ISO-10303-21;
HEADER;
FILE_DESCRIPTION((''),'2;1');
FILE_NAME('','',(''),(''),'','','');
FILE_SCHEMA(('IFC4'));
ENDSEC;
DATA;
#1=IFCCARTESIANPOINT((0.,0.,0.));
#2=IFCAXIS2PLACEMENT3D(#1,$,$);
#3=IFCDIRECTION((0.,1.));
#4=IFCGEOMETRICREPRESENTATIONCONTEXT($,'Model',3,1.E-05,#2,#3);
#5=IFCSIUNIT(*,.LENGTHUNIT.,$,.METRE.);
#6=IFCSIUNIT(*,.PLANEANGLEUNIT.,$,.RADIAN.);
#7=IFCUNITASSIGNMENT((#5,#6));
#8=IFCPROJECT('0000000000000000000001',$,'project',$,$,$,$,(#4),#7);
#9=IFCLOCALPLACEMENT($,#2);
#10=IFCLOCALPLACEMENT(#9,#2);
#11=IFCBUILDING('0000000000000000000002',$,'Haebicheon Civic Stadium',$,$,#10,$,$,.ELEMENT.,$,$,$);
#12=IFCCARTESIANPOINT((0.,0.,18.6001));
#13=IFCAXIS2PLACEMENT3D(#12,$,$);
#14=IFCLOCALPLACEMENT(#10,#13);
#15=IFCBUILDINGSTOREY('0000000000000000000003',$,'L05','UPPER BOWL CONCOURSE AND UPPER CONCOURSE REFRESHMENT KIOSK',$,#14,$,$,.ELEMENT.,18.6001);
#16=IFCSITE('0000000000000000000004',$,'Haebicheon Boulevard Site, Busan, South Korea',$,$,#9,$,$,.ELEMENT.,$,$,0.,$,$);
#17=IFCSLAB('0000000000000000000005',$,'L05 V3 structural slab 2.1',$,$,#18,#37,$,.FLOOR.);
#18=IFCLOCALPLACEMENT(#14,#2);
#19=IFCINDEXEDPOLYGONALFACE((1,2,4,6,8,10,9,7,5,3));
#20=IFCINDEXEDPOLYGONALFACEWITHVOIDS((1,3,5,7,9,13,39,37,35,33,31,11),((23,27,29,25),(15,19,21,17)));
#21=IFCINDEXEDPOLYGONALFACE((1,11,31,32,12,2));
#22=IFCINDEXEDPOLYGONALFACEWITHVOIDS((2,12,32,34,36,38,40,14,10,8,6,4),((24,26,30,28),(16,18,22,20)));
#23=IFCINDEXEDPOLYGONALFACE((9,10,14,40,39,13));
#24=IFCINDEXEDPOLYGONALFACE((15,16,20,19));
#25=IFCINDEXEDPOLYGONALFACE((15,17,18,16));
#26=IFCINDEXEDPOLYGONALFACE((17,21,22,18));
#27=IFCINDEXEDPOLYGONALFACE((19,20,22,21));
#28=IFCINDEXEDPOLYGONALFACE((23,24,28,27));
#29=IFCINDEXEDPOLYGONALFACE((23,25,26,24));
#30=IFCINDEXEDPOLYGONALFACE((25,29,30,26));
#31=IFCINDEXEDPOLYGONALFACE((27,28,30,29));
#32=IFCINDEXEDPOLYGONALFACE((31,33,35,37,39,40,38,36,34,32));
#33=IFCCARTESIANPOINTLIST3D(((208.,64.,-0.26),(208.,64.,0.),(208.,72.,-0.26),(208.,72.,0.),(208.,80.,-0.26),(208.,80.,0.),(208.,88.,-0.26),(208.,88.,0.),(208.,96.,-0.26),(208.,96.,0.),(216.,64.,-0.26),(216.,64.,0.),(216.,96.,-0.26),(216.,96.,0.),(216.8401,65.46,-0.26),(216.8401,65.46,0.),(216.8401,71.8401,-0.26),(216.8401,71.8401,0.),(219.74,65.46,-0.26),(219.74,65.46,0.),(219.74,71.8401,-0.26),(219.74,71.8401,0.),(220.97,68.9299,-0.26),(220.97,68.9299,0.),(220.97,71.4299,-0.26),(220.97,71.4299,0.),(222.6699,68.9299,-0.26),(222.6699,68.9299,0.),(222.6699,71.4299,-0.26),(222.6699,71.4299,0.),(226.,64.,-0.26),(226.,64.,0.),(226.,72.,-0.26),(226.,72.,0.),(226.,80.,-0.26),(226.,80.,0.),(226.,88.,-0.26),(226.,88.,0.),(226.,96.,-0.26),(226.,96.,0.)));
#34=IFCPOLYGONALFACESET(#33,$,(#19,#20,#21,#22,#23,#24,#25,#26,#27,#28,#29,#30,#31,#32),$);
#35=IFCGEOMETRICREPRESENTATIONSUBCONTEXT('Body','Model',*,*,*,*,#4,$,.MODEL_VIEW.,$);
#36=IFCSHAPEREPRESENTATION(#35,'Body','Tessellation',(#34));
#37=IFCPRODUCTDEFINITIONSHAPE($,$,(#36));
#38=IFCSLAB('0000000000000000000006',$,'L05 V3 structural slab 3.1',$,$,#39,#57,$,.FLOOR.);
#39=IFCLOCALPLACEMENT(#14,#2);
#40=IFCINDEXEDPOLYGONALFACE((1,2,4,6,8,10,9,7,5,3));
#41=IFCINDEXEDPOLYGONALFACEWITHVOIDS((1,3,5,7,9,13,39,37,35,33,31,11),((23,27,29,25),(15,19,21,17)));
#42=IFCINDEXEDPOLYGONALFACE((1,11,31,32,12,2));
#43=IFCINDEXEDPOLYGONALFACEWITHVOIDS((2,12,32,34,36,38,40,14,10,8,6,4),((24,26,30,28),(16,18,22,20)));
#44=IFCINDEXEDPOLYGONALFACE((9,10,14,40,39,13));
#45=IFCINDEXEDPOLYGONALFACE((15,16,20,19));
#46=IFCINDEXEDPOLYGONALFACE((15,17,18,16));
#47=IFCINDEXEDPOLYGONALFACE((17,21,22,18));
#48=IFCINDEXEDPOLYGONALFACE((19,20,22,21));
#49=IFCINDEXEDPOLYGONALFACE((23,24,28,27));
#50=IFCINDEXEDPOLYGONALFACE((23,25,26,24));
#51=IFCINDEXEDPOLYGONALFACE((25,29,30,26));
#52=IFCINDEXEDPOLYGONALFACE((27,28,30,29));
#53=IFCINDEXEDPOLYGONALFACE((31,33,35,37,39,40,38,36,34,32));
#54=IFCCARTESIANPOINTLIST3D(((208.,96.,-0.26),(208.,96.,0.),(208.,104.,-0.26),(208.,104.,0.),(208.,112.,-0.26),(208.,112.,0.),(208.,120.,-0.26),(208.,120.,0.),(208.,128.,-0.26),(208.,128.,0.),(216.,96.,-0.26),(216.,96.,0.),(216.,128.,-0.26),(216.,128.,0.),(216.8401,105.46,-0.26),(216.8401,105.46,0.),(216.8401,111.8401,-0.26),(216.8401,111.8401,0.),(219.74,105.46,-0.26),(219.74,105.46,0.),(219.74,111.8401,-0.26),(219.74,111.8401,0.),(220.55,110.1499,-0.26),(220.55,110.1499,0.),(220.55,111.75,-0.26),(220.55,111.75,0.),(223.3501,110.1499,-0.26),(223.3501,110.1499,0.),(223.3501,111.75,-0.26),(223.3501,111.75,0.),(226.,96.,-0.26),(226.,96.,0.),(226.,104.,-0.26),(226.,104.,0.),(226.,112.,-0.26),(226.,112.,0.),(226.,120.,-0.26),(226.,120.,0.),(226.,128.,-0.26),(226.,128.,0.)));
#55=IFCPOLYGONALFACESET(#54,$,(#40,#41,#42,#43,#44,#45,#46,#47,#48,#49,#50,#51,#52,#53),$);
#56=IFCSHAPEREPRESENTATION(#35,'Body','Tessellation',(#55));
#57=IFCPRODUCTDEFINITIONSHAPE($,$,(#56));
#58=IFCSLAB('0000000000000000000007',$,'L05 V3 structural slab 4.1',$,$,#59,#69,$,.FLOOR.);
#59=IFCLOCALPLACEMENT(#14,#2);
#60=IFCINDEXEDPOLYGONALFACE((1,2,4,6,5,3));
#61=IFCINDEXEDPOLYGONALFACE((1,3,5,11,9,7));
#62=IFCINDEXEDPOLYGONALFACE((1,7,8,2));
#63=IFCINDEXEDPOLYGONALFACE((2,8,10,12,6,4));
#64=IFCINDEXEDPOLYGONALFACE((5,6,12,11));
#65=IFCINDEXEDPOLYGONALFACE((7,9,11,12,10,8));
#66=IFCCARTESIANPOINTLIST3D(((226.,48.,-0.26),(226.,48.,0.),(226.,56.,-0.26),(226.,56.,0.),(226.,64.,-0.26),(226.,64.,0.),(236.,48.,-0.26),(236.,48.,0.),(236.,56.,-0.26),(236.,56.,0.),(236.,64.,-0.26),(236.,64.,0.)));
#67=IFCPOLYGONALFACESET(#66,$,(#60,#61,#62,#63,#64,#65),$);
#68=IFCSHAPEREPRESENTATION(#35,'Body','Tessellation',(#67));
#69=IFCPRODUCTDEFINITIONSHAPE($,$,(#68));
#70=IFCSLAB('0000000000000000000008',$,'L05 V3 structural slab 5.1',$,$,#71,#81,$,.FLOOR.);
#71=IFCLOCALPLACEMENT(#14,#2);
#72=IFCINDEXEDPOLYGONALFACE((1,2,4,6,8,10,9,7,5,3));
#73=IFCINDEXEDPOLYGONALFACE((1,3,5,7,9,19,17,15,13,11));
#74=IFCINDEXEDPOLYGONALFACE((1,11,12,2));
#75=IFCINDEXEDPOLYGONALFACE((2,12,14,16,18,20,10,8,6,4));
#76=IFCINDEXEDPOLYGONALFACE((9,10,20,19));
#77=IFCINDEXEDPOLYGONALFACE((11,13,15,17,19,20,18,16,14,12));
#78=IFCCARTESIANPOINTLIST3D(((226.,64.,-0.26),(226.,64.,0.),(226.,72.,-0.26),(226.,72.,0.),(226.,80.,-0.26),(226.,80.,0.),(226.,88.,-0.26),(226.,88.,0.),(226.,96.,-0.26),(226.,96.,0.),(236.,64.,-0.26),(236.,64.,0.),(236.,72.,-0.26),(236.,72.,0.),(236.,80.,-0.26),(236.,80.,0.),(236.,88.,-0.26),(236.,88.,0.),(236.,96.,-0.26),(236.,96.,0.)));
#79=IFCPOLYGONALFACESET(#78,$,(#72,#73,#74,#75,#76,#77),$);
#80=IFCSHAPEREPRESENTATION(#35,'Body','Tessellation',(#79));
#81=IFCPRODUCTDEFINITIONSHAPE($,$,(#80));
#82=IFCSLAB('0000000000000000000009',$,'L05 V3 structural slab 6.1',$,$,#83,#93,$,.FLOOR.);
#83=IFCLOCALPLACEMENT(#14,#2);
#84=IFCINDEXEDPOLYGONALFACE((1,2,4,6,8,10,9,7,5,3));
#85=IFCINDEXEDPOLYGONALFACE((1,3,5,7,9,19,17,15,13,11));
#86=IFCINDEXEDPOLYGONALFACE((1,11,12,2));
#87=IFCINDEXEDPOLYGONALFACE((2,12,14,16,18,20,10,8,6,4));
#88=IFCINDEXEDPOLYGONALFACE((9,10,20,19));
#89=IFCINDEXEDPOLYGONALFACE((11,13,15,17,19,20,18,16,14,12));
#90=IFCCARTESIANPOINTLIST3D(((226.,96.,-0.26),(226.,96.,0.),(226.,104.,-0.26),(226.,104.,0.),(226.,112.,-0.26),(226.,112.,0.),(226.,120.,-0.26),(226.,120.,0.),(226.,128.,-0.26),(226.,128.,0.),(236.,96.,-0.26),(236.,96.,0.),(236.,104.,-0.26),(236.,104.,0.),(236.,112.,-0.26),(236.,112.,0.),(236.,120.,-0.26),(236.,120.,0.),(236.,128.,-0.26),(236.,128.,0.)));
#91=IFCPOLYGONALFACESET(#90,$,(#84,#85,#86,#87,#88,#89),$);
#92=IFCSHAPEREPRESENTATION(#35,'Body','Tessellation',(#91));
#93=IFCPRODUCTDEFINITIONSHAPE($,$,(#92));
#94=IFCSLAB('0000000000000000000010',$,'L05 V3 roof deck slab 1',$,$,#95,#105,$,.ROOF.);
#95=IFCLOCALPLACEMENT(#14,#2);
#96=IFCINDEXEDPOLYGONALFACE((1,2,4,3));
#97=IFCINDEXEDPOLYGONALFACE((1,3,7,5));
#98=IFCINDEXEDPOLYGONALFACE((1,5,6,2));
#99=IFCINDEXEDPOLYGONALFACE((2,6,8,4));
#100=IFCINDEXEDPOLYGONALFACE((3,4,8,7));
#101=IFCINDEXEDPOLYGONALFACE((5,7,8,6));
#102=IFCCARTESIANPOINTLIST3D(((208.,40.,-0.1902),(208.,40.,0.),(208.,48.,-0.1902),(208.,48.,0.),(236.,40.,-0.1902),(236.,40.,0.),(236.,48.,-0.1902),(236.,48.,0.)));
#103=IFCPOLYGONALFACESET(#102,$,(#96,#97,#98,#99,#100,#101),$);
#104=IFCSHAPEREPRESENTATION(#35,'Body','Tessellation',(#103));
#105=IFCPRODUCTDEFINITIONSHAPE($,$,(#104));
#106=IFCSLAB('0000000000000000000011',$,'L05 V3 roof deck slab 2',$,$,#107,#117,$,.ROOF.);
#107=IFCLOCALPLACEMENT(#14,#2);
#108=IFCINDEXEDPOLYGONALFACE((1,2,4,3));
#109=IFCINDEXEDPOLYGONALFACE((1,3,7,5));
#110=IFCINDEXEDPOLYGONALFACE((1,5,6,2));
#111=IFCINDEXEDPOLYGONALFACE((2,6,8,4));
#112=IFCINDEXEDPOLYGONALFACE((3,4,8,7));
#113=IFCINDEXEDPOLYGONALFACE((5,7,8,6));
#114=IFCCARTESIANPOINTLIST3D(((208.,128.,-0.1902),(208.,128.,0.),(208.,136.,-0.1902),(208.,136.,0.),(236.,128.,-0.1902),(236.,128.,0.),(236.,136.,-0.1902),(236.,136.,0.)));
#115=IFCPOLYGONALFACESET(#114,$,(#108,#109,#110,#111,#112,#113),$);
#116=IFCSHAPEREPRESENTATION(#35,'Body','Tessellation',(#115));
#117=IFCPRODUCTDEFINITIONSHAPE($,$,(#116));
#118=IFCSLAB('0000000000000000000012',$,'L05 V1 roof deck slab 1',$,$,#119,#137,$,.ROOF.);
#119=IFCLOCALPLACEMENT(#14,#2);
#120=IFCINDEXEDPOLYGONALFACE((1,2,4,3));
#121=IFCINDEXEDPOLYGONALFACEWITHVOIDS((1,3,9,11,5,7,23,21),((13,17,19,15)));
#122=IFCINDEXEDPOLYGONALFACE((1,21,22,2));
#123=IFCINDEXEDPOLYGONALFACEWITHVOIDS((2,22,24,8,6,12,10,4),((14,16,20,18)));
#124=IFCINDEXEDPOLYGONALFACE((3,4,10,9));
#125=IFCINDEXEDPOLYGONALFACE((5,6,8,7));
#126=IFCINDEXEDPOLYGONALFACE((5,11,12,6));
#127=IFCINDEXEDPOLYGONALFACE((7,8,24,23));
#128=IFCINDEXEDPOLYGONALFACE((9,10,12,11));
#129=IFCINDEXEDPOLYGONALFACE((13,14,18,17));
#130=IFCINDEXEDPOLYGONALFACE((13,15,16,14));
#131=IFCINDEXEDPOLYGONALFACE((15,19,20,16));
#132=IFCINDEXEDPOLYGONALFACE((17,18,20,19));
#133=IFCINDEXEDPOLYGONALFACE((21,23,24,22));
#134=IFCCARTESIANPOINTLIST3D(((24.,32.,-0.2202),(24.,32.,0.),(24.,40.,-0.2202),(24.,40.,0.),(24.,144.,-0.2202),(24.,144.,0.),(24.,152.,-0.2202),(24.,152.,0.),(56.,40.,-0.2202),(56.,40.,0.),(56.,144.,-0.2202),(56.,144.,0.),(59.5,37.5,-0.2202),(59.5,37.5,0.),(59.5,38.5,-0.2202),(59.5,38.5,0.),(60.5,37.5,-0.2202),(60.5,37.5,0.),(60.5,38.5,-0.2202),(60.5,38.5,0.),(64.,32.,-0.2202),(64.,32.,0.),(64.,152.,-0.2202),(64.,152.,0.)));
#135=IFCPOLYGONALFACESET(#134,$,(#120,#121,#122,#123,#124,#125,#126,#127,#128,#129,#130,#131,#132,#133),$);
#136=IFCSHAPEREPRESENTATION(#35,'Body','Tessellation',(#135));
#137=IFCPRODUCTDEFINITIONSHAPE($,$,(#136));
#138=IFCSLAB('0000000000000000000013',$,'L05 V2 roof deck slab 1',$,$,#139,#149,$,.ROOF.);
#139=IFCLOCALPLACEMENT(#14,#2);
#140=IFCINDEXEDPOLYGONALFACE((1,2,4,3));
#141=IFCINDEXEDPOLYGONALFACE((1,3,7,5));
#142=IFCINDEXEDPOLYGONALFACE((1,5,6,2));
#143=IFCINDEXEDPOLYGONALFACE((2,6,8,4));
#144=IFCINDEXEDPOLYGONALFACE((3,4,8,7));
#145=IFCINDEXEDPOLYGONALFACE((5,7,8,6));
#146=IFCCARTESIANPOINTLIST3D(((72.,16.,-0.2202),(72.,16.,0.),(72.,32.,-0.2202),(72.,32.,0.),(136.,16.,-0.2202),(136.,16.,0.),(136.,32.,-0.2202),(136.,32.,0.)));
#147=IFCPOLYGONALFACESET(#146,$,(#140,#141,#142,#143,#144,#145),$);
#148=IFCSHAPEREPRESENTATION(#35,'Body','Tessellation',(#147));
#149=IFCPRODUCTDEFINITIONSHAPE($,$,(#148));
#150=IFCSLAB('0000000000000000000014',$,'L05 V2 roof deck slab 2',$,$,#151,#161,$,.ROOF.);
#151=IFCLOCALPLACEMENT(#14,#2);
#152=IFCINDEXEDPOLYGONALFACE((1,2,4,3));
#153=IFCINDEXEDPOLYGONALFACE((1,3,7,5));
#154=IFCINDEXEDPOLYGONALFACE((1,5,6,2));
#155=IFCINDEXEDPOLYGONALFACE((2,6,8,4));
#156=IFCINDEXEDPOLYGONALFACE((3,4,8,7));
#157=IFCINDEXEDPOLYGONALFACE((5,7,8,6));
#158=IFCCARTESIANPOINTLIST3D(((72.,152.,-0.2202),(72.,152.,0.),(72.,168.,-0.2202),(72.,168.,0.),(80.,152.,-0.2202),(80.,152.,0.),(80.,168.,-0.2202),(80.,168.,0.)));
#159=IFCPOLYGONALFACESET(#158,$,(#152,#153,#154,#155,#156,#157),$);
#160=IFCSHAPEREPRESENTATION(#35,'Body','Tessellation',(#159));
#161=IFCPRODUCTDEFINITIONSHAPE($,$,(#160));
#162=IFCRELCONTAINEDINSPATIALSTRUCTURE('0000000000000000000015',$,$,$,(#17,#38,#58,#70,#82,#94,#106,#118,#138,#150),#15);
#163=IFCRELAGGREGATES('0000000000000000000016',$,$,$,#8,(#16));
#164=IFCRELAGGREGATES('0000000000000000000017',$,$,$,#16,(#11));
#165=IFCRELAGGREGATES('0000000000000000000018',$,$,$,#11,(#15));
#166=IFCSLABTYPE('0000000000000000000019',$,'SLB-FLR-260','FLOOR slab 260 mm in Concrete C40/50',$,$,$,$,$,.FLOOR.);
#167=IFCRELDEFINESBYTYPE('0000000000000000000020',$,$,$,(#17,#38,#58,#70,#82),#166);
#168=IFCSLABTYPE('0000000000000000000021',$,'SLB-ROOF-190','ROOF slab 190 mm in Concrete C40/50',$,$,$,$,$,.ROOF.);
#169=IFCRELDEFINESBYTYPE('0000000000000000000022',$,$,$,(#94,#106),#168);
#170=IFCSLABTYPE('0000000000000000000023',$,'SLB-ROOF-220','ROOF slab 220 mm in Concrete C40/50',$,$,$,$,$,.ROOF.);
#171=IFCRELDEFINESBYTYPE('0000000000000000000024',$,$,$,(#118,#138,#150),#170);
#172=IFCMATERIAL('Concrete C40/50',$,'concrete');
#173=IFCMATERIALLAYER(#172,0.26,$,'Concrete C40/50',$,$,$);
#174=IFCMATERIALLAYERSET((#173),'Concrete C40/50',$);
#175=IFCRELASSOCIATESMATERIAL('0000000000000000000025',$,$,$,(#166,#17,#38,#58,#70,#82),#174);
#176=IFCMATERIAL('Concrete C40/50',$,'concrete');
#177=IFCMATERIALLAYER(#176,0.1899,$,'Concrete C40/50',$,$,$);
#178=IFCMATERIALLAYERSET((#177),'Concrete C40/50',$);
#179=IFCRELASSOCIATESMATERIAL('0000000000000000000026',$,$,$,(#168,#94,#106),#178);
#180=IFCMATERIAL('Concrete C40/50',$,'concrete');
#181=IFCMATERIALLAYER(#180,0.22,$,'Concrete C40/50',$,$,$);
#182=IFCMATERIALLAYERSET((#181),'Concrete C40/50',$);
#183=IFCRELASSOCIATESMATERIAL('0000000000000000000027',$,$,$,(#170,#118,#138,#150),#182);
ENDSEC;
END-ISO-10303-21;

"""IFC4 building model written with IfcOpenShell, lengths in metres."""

from ifc_helpers import new_model, si_unit, direction, frame, origin, place, context, subcontext, project, spatial, polyline, outline, extrude, material, layer, layer_set, type_object, element, save


model = new_model("IFC4")

# Units and contexts
model_context = context("Model", 3, precision=1e-05, world=origin(), true_north=direction((0.0, 1.0)))
body_context = subcontext(model_context, "Body", "Model", "MODEL_VIEW")
ifc_project = project(units=[si_unit("LENGTHUNIT", "METRE"), si_unit("PLANEANGLEUNIT", "RADIAN")], contexts=[model_context])

# Site, building, storey
site_placement = place(None, origin())
site = spatial("IfcSite", under=ifc_project, at=site_placement, Name="Haebicheon Boulevard Site, Busan, South Korea", CompositionType="ELEMENT", RefElevation=0.0)
building_placement = place(site_placement, origin())
building = spatial("IfcBuilding", under=site, at=building_placement, Name="Haebicheon Civic Stadium", CompositionType="ELEMENT")
storey_placement = place(building_placement, frame((0.0, 0.0, 18.6001)))
storey = spatial("IfcBuildingStorey", under=building, at=storey_placement, Name="L05", Description="UPPER BOWL CONCOURSE AND UPPER CONCOURSE REFRESHMENT KIOSK", CompositionType="ELEMENT", Elevation=18.6001)

# Slabs
ifc_material_1 = material(Name="Concrete C40/50", Category="concrete")
ifc_layer_1 = layer(ifc_material_1, 0.26, Name="Concrete C40/50")
ifc_layer_set_1 = layer_set([ifc_layer_1], Name="Concrete C40/50")
slab_type_1 = type_object("IfcSlabType", Name="SLB-FLR-260", Description="FLOOR slab 260 mm in Concrete C40/50", PredefinedType="FLOOR", material=ifc_layer_set_1)
slab_1_placement = place(storey_placement, frame((0.0, 0.0, -0.26)))
element("IfcSlab", 1, at=slab_1_placement, inside=storey, type_object=slab_type_1, material=ifc_layer_set_1, Name="L05 V3 structural slab 2.1", PredefinedType="FLOOR", context=body_context, shape_type="SweptSolid", body=[
    extrude(outline(polyline([(208.0, 80.0), (208.0, 88.0), (208.0, 96.0), (216.0, 96.0), (226.0, 96.0), (226.0, 88.0), (226.0, 80.0), (226.0, 72.0), (226.0, 64.0), (216.0, 64.0), (208.0, 64.0), (208.0, 72.0), (208.0, 80.0)]), holes=[polyline([(216.8401, 65.46), (219.74, 65.46), (219.74, 71.8401), (216.8401, 71.8401), (216.8401, 65.46)]), polyline([(220.97, 68.9299), (222.6699, 68.9299), (222.6699, 71.4299), (220.97, 71.4299), (220.97, 68.9299)])]), origin(), (0.0, 0.0, 1.0), 0.26),
])
slab_2_placement = place(storey_placement, frame((0.0, 0.0, -0.26)))
element("IfcSlab", 2, at=slab_2_placement, inside=storey, type_object=slab_type_1, material=ifc_layer_set_1, Name="L05 V3 structural slab 3.1", PredefinedType="FLOOR", context=body_context, shape_type="SweptSolid", body=[
    extrude(outline(polyline([(208.0, 112.0), (208.0, 120.0), (208.0, 128.0), (216.0, 128.0), (226.0, 128.0), (226.0, 120.0), (226.0, 112.0), (226.0, 104.0), (226.0, 96.0), (216.0, 96.0), (208.0, 96.0), (208.0, 104.0), (208.0, 112.0)]), holes=[polyline([(216.8401, 105.46), (219.74, 105.46), (219.74, 111.8401), (216.8401, 111.8401), (216.8401, 105.46)]), polyline([(220.55, 110.1499), (223.3501, 110.1499), (223.3501, 111.75), (220.55, 111.75), (220.55, 110.1499)])]), origin(), (0.0, 0.0, 1.0), 0.26),
])
slab_3_placement = place(storey_placement, frame((0.0, 0.0, -0.26)))
element("IfcSlab", 3, at=slab_3_placement, inside=storey, type_object=slab_type_1, material=ifc_layer_set_1, Name="L05 V3 structural slab 4.1", PredefinedType="FLOOR", context=body_context, shape_type="SweptSolid", body=[
    extrude(outline(polyline([(236.0, 48.0), (226.0, 48.0), (226.0, 56.0), (226.0, 64.0), (236.0, 64.0), (236.0, 56.0), (236.0, 48.0)])), origin(), (0.0, 0.0, 1.0), 0.26),
])
slab_4_placement = place(storey_placement, frame((0.0, 0.0, -0.26)))
element("IfcSlab", 4, at=slab_4_placement, inside=storey, type_object=slab_type_1, material=ifc_layer_set_1, Name="L05 V3 structural slab 5.1", PredefinedType="FLOOR", context=body_context, shape_type="SweptSolid", body=[
    extrude(outline(polyline([(226.0, 64.0), (226.0, 72.0), (226.0, 80.0), (226.0, 88.0), (226.0, 96.0), (236.0, 96.0), (236.0, 88.0), (236.0, 80.0), (236.0, 72.0), (236.0, 64.0), (226.0, 64.0)])), origin(), (0.0, 0.0, 1.0), 0.26),
])
slab_5_placement = place(storey_placement, frame((0.0, 0.0, -0.26)))
element("IfcSlab", 5, at=slab_5_placement, inside=storey, type_object=slab_type_1, material=ifc_layer_set_1, Name="L05 V3 structural slab 6.1", PredefinedType="FLOOR", context=body_context, shape_type="SweptSolid", body=[
    extrude(outline(polyline([(226.0, 96.0), (226.0, 104.0), (226.0, 112.0), (226.0, 120.0), (226.0, 128.0), (236.0, 128.0), (236.0, 120.0), (236.0, 112.0), (236.0, 104.0), (236.0, 96.0), (226.0, 96.0)])), origin(), (0.0, 0.0, 1.0), 0.26),
])
ifc_material_2 = material(Name="Concrete C40/50", Category="concrete")
ifc_layer_2 = layer(ifc_material_2, 0.1899, Name="Concrete C40/50")
ifc_layer_set_2 = layer_set([ifc_layer_2], Name="Concrete C40/50")
slab_type_2 = type_object("IfcSlabType", Name="SLB-ROOF-190", Description="ROOF slab 190 mm in Concrete C40/50", PredefinedType="ROOF", material=ifc_layer_set_2)
slab_6_placement = place(storey_placement, frame((0.0, 0.0, -0.1902)))
element("IfcSlab", 6, at=slab_6_placement, inside=storey, type_object=slab_type_2, material=ifc_layer_set_2, Name="L05 V3 roof deck slab 1", PredefinedType="ROOF", context=body_context, shape_type="SweptSolid", body=[
    extrude(outline(polyline([(208.0, 48.0), (236.0, 48.0), (236.0, 40.0), (208.0, 40.0), (208.0, 48.0)])), origin(), (0.0, 0.0, 1.0), 0.1902),
])
slab_7_placement = place(storey_placement, frame((0.0, 0.0, -0.1902)))
element("IfcSlab", 7, at=slab_7_placement, inside=storey, type_object=slab_type_2, material=ifc_layer_set_2, Name="L05 V3 roof deck slab 2", PredefinedType="ROOF", context=body_context, shape_type="SweptSolid", body=[
    extrude(outline(polyline([(208.0, 136.0), (236.0, 136.0), (236.0, 128.0), (208.0, 128.0), (208.0, 136.0)])), origin(), (0.0, 0.0, 1.0), 0.1902),
])
ifc_material_3 = material(Name="Concrete C40/50", Category="concrete")
ifc_layer_3 = layer(ifc_material_3, 0.22, Name="Concrete C40/50")
ifc_layer_set_3 = layer_set([ifc_layer_3], Name="Concrete C40/50")
slab_type_3 = type_object("IfcSlabType", Name="SLB-ROOF-220", Description="ROOF slab 220 mm in Concrete C40/50", PredefinedType="ROOF", material=ifc_layer_set_3)
slab_8_placement = place(storey_placement, frame((0.0, 0.0, -0.2202)))
element("IfcSlab", 8, at=slab_8_placement, inside=storey, type_object=slab_type_3, material=ifc_layer_set_3, Name="L05 V1 roof deck slab 1", PredefinedType="ROOF", context=body_context, shape_type="SweptSolid", body=[
    extrude(outline(polyline([(24.0, 40.0), (56.0, 40.0), (56.0, 144.0), (24.0, 144.0), (24.0, 152.0), (64.0, 152.0), (64.0, 32.0), (24.0, 32.0), (24.0, 40.0)]), holes=[polyline([(59.5, 37.5), (60.5, 37.5), (60.5, 38.5), (59.5, 38.5), (59.5, 37.5)])]), origin(), (0.0, 0.0, 1.0), 0.2202),
])
slab_9_placement = place(storey_placement, frame((0.0, 0.0, -0.2202)))
element("IfcSlab", 9, at=slab_9_placement, inside=storey, type_object=slab_type_3, material=ifc_layer_set_3, Name="L05 V2 roof deck slab 1", PredefinedType="ROOF", context=body_context, shape_type="SweptSolid", body=[
    extrude(outline(polyline([(72.0, 32.0), (136.0, 32.0), (136.0, 16.0), (72.0, 16.0), (72.0, 32.0)])), origin(), (0.0, 0.0, 1.0), 0.2202),
])
slab_10_placement = place(storey_placement, frame((0.0, 0.0, -0.2202)))
element("IfcSlab", 10, at=slab_10_placement, inside=storey, type_object=slab_type_3, material=ifc_layer_set_3, Name="L05 V2 roof deck slab 2", PredefinedType="ROOF", context=body_context, shape_type="SweptSolid", body=[
    extrude(outline(polyline([(80.0, 168.0), (80.0, 152.0), (72.0, 152.0), (72.0, 168.0), (80.0, 168.0)])), origin(), (0.0, 0.0, 1.0), 0.2202),
])

save(model, "model.ifc")
